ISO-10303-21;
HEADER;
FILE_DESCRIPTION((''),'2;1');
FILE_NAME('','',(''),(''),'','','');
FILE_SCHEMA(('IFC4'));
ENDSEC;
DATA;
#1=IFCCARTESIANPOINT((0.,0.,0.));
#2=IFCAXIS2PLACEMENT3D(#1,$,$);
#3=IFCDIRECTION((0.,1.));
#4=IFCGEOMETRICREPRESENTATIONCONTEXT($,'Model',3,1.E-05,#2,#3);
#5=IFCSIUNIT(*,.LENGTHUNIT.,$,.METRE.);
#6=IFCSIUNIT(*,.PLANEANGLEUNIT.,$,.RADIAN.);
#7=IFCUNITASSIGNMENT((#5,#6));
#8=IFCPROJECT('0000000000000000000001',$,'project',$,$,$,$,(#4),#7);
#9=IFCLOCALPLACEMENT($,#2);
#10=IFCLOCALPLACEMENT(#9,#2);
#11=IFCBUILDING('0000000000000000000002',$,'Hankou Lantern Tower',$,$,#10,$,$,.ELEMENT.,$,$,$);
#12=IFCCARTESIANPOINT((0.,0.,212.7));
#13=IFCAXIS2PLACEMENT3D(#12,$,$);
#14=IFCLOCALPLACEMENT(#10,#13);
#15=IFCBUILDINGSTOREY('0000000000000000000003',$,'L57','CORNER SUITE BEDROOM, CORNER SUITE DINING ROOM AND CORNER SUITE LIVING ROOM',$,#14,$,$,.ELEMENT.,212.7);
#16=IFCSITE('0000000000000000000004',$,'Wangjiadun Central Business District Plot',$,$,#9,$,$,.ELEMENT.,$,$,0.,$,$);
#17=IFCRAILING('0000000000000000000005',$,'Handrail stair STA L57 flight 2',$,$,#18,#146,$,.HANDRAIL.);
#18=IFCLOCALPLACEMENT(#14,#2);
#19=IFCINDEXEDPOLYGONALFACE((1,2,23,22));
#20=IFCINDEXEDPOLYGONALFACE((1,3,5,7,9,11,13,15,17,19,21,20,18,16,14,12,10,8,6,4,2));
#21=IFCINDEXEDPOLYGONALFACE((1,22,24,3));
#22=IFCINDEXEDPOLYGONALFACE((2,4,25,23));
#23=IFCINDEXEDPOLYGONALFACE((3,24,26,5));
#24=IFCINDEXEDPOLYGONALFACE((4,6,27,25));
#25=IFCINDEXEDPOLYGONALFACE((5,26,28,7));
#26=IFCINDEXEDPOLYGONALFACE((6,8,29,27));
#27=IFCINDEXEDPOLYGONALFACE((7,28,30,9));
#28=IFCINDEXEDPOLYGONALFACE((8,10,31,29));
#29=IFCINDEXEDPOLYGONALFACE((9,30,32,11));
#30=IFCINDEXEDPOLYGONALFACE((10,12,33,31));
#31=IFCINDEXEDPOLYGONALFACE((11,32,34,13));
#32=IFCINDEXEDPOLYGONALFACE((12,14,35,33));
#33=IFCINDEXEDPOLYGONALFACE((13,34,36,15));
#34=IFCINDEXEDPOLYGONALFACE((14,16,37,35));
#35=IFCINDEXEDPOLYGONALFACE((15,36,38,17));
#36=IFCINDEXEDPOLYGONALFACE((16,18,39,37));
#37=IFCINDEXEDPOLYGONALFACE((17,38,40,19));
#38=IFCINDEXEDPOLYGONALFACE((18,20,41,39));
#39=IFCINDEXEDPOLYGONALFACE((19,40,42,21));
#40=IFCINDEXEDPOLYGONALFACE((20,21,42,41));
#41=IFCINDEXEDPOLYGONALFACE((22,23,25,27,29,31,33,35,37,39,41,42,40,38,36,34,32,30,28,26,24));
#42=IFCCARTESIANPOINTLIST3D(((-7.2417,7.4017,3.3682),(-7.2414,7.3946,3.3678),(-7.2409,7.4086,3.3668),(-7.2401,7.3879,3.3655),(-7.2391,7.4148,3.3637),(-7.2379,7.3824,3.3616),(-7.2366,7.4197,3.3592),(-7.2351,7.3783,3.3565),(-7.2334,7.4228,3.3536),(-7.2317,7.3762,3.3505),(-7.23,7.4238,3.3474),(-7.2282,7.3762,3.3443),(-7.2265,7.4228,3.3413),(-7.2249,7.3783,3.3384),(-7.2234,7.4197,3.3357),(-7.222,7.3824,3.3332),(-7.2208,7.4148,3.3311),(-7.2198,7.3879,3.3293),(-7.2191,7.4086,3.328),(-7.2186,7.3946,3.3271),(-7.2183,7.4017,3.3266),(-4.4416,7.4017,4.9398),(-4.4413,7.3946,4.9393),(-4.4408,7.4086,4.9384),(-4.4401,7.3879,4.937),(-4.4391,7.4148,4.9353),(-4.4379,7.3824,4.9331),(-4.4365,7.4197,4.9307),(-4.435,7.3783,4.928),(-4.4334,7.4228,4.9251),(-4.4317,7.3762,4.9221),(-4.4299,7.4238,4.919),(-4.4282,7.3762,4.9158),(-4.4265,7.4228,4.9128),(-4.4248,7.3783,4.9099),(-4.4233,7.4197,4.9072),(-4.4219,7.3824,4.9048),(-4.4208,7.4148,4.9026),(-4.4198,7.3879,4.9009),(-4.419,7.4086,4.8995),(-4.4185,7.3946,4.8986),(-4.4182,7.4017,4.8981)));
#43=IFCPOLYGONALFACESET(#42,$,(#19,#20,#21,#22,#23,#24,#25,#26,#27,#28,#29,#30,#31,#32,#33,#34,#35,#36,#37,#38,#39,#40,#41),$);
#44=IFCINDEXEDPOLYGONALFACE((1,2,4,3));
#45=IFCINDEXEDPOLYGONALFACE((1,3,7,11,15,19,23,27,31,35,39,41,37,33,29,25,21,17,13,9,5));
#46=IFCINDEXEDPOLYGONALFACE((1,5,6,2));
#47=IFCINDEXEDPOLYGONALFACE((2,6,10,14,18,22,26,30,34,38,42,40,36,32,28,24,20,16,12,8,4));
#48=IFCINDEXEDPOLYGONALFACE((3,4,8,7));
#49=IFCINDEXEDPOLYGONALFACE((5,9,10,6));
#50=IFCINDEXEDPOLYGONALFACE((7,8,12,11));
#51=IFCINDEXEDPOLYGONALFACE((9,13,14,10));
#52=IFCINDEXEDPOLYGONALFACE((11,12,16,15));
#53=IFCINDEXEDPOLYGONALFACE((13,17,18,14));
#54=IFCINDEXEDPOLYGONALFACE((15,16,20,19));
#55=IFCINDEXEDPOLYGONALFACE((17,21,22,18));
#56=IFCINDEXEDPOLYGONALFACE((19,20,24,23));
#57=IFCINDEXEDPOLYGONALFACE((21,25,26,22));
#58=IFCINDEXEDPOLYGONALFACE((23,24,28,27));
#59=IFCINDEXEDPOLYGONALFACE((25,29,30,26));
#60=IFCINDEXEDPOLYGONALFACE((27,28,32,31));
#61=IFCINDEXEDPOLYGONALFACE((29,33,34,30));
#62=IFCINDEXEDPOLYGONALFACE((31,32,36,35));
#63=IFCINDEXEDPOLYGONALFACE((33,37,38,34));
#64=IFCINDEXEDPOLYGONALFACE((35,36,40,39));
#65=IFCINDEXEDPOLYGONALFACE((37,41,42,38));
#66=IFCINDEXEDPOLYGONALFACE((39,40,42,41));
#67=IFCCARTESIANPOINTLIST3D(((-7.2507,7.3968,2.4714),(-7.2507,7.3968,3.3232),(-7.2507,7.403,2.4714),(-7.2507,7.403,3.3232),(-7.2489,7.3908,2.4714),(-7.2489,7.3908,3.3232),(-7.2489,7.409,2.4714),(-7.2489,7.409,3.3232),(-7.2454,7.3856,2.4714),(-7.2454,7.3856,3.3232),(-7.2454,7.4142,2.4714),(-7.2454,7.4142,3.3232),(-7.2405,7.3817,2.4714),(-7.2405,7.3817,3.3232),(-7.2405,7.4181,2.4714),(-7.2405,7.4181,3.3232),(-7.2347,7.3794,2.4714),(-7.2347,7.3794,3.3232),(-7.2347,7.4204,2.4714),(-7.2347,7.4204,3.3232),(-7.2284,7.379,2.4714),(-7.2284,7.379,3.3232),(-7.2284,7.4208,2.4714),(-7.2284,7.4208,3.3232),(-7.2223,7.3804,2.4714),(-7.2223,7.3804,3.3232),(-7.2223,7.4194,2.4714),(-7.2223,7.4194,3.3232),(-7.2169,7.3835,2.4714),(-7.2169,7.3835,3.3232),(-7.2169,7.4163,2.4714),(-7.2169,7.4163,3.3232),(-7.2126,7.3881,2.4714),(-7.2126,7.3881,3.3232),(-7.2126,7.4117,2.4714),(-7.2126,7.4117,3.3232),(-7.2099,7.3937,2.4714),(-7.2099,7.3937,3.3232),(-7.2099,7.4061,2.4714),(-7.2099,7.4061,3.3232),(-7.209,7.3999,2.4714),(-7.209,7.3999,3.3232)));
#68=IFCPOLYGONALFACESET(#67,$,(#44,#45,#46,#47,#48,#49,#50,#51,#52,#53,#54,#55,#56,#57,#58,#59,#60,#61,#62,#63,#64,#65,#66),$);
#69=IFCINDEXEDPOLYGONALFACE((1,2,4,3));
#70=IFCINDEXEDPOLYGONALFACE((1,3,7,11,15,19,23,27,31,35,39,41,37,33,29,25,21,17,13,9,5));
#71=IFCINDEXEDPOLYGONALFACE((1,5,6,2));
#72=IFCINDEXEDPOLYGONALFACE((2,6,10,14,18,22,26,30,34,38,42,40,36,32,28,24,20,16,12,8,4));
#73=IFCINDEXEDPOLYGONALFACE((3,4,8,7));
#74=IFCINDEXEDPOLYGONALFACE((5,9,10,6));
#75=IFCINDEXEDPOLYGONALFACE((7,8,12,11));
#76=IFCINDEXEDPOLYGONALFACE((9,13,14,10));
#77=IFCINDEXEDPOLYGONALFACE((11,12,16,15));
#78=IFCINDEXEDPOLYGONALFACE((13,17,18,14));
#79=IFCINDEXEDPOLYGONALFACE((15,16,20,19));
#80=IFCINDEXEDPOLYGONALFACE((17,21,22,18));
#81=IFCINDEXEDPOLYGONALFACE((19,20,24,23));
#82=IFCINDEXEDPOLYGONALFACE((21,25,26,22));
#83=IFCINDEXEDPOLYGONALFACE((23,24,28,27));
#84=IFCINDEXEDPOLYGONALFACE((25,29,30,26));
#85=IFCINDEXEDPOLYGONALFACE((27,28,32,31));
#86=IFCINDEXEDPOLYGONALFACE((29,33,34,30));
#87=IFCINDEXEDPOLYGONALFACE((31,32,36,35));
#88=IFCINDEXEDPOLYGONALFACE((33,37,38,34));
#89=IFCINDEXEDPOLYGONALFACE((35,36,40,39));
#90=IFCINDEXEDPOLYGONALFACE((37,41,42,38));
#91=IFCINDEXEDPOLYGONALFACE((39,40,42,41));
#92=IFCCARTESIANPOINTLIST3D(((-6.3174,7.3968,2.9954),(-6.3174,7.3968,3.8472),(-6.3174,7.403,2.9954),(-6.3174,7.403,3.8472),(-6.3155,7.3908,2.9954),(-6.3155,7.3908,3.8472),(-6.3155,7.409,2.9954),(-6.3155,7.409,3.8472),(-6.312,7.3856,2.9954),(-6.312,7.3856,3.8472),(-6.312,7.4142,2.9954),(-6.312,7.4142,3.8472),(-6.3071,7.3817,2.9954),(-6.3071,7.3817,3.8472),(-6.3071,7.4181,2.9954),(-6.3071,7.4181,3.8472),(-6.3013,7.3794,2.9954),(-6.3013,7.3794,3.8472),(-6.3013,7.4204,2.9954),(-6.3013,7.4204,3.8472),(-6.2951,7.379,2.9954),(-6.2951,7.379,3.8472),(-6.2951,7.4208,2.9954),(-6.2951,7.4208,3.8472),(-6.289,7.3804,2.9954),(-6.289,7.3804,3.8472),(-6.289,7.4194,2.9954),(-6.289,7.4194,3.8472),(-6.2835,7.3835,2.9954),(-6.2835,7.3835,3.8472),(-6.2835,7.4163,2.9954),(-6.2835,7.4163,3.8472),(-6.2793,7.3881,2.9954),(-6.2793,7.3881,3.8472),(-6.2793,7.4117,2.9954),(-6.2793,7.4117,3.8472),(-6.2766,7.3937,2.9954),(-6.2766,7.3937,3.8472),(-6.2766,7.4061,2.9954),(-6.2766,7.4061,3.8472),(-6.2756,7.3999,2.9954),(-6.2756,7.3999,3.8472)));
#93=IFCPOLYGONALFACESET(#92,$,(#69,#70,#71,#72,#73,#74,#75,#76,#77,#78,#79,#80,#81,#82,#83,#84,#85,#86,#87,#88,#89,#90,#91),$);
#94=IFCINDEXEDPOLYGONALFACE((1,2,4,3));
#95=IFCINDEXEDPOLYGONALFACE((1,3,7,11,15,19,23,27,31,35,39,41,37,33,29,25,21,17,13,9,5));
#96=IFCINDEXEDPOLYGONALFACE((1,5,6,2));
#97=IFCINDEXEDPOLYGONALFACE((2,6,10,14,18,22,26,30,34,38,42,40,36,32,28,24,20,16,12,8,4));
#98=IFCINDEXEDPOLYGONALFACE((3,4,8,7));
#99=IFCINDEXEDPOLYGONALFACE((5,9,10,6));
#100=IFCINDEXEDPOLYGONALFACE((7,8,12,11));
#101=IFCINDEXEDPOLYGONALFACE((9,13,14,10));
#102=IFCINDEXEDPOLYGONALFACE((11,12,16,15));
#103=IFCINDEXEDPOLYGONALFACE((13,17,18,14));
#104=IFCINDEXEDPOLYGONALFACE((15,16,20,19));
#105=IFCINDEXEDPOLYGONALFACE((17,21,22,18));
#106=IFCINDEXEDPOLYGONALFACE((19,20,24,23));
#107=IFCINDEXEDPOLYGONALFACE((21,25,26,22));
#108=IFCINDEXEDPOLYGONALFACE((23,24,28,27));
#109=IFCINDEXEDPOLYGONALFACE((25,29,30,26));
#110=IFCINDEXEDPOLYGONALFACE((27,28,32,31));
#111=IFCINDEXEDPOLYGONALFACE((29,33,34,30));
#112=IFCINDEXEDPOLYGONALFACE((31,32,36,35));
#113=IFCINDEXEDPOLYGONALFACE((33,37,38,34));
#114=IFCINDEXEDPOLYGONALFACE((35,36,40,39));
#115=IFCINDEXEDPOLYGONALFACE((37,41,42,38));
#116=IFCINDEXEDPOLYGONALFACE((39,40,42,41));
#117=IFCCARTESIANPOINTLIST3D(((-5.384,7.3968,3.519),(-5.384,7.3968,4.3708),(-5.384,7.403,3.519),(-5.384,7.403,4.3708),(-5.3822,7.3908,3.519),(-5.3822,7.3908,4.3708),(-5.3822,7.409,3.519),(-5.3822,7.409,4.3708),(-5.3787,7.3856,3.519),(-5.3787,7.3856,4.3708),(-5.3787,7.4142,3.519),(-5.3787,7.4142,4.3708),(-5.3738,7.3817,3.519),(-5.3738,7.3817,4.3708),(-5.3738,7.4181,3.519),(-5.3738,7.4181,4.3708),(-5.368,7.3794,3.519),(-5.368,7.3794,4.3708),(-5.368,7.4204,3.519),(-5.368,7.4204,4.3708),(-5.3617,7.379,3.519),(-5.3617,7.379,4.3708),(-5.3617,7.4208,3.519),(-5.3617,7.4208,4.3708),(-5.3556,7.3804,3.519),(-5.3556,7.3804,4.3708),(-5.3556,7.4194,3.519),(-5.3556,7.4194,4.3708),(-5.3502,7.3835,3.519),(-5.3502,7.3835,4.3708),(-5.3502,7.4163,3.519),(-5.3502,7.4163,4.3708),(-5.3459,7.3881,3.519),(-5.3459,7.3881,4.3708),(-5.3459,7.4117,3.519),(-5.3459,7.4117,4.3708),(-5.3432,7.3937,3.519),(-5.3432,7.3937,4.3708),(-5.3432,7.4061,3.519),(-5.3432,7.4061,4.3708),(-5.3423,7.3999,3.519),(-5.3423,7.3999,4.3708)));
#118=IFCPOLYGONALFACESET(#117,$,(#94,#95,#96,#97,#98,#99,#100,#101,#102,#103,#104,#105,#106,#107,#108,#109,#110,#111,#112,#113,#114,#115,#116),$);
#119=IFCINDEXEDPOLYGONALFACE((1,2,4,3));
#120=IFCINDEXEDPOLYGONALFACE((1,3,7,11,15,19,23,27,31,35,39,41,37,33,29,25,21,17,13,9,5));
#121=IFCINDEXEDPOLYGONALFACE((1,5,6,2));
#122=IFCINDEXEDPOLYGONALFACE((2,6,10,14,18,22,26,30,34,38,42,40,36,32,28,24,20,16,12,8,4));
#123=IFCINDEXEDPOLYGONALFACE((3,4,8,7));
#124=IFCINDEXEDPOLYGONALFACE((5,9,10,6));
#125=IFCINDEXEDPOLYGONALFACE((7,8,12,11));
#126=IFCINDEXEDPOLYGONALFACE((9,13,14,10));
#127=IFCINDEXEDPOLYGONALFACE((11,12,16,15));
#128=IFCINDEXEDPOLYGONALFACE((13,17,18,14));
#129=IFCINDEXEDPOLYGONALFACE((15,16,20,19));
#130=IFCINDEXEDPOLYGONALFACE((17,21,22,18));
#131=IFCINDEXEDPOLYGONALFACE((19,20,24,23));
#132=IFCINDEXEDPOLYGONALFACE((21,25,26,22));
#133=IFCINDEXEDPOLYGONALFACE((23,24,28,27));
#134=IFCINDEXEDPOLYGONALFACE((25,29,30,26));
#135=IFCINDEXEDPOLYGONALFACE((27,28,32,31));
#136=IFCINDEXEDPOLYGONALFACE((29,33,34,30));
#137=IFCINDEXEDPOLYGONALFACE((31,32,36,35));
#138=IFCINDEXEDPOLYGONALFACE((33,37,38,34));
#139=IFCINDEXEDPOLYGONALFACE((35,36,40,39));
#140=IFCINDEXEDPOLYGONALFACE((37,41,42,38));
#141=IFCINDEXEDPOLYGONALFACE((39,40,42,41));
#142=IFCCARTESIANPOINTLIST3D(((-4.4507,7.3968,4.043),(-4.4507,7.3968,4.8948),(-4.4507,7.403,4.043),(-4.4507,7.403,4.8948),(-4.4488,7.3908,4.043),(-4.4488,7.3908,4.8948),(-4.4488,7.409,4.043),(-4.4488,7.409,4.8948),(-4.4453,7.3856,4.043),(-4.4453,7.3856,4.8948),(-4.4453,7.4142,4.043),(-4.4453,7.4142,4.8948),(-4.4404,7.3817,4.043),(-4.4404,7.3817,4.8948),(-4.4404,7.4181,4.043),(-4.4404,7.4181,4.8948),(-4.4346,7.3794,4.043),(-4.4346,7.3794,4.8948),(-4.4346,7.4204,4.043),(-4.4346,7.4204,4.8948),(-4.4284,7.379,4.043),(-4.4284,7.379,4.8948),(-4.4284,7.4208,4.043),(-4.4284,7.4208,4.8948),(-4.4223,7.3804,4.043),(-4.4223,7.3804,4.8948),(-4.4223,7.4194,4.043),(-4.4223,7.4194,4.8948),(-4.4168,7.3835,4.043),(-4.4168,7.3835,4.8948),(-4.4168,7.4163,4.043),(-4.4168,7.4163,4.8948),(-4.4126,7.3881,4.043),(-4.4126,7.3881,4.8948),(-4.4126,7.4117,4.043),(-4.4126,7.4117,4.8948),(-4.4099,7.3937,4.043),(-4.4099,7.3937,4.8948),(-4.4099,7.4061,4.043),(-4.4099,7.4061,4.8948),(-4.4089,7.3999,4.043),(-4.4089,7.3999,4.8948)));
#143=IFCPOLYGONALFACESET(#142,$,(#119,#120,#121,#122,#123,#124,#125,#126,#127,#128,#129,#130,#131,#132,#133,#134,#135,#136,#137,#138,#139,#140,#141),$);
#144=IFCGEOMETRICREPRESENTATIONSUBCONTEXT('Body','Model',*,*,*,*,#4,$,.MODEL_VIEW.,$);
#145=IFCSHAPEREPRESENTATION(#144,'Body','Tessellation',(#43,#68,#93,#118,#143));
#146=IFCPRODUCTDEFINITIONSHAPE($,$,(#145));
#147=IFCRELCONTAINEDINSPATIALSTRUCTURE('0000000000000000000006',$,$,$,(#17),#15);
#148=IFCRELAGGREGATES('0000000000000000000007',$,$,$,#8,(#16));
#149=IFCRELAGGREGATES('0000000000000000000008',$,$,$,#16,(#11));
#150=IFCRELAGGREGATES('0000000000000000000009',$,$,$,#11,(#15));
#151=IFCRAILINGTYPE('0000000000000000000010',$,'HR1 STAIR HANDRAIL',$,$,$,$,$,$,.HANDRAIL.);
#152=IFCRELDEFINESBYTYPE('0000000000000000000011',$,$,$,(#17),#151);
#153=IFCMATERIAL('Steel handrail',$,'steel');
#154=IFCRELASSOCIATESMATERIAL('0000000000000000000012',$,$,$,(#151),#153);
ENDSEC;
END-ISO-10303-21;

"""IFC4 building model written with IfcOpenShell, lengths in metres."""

from ifc_helpers import new_model, si_unit, direction, frame, origin, origin_2d, place, context, subcontext, project, spatial, circle, extrude, material, type_object, element, save


model = new_model("IFC4")

# Units and contexts
model_context = context("Model", 3, precision=1e-05, world=origin(), true_north=direction((0.0, 1.0)))
body_context = subcontext(model_context, "Body", "Model", "MODEL_VIEW")
ifc_project = project(units=[si_unit("LENGTHUNIT", "METRE"), si_unit("PLANEANGLEUNIT", "RADIAN")], contexts=[model_context])

# Site, building, storey
site_placement = place(None, origin())
site = spatial("IfcSite", under=ifc_project, at=site_placement, Name="Wangjiadun Central Business District Plot", CompositionType="ELEMENT", RefElevation=0.0)
building_placement = place(site_placement, origin())
building = spatial("IfcBuilding", under=site, at=building_placement, Name="Hankou Lantern Tower", CompositionType="ELEMENT")
storey_placement = place(building_placement, frame((0.0, 0.0, 212.7)))
storey = spatial("IfcBuildingStorey", under=building, at=storey_placement, Name="L57", Description="CORNER SUITE BEDROOM, CORNER SUITE DINING ROOM AND CORNER SUITE LIVING ROOM", CompositionType="ELEMENT", Elevation=212.7)

# Railing
ifc_material_1 = material(Name="Steel handrail", Category="steel")
railing_type = type_object("IfcRailingType", Name="HR1 STAIR HANDRAIL", PredefinedType="HANDRAIL", material=ifc_material_1)
railing_1_placement = place(storey_placement, frame((-7.23, 7.3999, 2.4714)))
element("IfcRailing", 1, at=railing_1_placement, inside=storey, type_object=railing_type, Name="Handrail stair STA L57 flight 2", PredefinedType="HANDRAIL", context=body_context, shape_type="SweptSolid", body=[
    extrude(circle(Radius=0.0239, at=origin_2d()), frame((0.0, 0.0, 0.876), z_axis=(0.87204, 0.0, 0.489434), x_axis=(0.0, 1.0, 0.0)), (0.0, 0.0, 1.0), 3.2109),
    extrude(circle(Radius=0.021, at=origin_2d()), origin(), (0.0, 0.0, 1.0), 0.8518),
    extrude(circle(Radius=0.021, at=origin_2d()), frame((0.9333, 0.0, 0.5239)), (0.0, 0.0, 1.0), 0.8518),
    extrude(circle(Radius=0.021, at=origin_2d()), frame((1.8667, 0.0, 1.0476)), (0.0, 0.0, 1.0), 0.8518),
    extrude(circle(Radius=0.021, at=origin_2d()), frame((2.8, 0.0, 1.5715)), (0.0, 0.0, 1.0), 0.8518),
])

save(model, "model.ifc")
